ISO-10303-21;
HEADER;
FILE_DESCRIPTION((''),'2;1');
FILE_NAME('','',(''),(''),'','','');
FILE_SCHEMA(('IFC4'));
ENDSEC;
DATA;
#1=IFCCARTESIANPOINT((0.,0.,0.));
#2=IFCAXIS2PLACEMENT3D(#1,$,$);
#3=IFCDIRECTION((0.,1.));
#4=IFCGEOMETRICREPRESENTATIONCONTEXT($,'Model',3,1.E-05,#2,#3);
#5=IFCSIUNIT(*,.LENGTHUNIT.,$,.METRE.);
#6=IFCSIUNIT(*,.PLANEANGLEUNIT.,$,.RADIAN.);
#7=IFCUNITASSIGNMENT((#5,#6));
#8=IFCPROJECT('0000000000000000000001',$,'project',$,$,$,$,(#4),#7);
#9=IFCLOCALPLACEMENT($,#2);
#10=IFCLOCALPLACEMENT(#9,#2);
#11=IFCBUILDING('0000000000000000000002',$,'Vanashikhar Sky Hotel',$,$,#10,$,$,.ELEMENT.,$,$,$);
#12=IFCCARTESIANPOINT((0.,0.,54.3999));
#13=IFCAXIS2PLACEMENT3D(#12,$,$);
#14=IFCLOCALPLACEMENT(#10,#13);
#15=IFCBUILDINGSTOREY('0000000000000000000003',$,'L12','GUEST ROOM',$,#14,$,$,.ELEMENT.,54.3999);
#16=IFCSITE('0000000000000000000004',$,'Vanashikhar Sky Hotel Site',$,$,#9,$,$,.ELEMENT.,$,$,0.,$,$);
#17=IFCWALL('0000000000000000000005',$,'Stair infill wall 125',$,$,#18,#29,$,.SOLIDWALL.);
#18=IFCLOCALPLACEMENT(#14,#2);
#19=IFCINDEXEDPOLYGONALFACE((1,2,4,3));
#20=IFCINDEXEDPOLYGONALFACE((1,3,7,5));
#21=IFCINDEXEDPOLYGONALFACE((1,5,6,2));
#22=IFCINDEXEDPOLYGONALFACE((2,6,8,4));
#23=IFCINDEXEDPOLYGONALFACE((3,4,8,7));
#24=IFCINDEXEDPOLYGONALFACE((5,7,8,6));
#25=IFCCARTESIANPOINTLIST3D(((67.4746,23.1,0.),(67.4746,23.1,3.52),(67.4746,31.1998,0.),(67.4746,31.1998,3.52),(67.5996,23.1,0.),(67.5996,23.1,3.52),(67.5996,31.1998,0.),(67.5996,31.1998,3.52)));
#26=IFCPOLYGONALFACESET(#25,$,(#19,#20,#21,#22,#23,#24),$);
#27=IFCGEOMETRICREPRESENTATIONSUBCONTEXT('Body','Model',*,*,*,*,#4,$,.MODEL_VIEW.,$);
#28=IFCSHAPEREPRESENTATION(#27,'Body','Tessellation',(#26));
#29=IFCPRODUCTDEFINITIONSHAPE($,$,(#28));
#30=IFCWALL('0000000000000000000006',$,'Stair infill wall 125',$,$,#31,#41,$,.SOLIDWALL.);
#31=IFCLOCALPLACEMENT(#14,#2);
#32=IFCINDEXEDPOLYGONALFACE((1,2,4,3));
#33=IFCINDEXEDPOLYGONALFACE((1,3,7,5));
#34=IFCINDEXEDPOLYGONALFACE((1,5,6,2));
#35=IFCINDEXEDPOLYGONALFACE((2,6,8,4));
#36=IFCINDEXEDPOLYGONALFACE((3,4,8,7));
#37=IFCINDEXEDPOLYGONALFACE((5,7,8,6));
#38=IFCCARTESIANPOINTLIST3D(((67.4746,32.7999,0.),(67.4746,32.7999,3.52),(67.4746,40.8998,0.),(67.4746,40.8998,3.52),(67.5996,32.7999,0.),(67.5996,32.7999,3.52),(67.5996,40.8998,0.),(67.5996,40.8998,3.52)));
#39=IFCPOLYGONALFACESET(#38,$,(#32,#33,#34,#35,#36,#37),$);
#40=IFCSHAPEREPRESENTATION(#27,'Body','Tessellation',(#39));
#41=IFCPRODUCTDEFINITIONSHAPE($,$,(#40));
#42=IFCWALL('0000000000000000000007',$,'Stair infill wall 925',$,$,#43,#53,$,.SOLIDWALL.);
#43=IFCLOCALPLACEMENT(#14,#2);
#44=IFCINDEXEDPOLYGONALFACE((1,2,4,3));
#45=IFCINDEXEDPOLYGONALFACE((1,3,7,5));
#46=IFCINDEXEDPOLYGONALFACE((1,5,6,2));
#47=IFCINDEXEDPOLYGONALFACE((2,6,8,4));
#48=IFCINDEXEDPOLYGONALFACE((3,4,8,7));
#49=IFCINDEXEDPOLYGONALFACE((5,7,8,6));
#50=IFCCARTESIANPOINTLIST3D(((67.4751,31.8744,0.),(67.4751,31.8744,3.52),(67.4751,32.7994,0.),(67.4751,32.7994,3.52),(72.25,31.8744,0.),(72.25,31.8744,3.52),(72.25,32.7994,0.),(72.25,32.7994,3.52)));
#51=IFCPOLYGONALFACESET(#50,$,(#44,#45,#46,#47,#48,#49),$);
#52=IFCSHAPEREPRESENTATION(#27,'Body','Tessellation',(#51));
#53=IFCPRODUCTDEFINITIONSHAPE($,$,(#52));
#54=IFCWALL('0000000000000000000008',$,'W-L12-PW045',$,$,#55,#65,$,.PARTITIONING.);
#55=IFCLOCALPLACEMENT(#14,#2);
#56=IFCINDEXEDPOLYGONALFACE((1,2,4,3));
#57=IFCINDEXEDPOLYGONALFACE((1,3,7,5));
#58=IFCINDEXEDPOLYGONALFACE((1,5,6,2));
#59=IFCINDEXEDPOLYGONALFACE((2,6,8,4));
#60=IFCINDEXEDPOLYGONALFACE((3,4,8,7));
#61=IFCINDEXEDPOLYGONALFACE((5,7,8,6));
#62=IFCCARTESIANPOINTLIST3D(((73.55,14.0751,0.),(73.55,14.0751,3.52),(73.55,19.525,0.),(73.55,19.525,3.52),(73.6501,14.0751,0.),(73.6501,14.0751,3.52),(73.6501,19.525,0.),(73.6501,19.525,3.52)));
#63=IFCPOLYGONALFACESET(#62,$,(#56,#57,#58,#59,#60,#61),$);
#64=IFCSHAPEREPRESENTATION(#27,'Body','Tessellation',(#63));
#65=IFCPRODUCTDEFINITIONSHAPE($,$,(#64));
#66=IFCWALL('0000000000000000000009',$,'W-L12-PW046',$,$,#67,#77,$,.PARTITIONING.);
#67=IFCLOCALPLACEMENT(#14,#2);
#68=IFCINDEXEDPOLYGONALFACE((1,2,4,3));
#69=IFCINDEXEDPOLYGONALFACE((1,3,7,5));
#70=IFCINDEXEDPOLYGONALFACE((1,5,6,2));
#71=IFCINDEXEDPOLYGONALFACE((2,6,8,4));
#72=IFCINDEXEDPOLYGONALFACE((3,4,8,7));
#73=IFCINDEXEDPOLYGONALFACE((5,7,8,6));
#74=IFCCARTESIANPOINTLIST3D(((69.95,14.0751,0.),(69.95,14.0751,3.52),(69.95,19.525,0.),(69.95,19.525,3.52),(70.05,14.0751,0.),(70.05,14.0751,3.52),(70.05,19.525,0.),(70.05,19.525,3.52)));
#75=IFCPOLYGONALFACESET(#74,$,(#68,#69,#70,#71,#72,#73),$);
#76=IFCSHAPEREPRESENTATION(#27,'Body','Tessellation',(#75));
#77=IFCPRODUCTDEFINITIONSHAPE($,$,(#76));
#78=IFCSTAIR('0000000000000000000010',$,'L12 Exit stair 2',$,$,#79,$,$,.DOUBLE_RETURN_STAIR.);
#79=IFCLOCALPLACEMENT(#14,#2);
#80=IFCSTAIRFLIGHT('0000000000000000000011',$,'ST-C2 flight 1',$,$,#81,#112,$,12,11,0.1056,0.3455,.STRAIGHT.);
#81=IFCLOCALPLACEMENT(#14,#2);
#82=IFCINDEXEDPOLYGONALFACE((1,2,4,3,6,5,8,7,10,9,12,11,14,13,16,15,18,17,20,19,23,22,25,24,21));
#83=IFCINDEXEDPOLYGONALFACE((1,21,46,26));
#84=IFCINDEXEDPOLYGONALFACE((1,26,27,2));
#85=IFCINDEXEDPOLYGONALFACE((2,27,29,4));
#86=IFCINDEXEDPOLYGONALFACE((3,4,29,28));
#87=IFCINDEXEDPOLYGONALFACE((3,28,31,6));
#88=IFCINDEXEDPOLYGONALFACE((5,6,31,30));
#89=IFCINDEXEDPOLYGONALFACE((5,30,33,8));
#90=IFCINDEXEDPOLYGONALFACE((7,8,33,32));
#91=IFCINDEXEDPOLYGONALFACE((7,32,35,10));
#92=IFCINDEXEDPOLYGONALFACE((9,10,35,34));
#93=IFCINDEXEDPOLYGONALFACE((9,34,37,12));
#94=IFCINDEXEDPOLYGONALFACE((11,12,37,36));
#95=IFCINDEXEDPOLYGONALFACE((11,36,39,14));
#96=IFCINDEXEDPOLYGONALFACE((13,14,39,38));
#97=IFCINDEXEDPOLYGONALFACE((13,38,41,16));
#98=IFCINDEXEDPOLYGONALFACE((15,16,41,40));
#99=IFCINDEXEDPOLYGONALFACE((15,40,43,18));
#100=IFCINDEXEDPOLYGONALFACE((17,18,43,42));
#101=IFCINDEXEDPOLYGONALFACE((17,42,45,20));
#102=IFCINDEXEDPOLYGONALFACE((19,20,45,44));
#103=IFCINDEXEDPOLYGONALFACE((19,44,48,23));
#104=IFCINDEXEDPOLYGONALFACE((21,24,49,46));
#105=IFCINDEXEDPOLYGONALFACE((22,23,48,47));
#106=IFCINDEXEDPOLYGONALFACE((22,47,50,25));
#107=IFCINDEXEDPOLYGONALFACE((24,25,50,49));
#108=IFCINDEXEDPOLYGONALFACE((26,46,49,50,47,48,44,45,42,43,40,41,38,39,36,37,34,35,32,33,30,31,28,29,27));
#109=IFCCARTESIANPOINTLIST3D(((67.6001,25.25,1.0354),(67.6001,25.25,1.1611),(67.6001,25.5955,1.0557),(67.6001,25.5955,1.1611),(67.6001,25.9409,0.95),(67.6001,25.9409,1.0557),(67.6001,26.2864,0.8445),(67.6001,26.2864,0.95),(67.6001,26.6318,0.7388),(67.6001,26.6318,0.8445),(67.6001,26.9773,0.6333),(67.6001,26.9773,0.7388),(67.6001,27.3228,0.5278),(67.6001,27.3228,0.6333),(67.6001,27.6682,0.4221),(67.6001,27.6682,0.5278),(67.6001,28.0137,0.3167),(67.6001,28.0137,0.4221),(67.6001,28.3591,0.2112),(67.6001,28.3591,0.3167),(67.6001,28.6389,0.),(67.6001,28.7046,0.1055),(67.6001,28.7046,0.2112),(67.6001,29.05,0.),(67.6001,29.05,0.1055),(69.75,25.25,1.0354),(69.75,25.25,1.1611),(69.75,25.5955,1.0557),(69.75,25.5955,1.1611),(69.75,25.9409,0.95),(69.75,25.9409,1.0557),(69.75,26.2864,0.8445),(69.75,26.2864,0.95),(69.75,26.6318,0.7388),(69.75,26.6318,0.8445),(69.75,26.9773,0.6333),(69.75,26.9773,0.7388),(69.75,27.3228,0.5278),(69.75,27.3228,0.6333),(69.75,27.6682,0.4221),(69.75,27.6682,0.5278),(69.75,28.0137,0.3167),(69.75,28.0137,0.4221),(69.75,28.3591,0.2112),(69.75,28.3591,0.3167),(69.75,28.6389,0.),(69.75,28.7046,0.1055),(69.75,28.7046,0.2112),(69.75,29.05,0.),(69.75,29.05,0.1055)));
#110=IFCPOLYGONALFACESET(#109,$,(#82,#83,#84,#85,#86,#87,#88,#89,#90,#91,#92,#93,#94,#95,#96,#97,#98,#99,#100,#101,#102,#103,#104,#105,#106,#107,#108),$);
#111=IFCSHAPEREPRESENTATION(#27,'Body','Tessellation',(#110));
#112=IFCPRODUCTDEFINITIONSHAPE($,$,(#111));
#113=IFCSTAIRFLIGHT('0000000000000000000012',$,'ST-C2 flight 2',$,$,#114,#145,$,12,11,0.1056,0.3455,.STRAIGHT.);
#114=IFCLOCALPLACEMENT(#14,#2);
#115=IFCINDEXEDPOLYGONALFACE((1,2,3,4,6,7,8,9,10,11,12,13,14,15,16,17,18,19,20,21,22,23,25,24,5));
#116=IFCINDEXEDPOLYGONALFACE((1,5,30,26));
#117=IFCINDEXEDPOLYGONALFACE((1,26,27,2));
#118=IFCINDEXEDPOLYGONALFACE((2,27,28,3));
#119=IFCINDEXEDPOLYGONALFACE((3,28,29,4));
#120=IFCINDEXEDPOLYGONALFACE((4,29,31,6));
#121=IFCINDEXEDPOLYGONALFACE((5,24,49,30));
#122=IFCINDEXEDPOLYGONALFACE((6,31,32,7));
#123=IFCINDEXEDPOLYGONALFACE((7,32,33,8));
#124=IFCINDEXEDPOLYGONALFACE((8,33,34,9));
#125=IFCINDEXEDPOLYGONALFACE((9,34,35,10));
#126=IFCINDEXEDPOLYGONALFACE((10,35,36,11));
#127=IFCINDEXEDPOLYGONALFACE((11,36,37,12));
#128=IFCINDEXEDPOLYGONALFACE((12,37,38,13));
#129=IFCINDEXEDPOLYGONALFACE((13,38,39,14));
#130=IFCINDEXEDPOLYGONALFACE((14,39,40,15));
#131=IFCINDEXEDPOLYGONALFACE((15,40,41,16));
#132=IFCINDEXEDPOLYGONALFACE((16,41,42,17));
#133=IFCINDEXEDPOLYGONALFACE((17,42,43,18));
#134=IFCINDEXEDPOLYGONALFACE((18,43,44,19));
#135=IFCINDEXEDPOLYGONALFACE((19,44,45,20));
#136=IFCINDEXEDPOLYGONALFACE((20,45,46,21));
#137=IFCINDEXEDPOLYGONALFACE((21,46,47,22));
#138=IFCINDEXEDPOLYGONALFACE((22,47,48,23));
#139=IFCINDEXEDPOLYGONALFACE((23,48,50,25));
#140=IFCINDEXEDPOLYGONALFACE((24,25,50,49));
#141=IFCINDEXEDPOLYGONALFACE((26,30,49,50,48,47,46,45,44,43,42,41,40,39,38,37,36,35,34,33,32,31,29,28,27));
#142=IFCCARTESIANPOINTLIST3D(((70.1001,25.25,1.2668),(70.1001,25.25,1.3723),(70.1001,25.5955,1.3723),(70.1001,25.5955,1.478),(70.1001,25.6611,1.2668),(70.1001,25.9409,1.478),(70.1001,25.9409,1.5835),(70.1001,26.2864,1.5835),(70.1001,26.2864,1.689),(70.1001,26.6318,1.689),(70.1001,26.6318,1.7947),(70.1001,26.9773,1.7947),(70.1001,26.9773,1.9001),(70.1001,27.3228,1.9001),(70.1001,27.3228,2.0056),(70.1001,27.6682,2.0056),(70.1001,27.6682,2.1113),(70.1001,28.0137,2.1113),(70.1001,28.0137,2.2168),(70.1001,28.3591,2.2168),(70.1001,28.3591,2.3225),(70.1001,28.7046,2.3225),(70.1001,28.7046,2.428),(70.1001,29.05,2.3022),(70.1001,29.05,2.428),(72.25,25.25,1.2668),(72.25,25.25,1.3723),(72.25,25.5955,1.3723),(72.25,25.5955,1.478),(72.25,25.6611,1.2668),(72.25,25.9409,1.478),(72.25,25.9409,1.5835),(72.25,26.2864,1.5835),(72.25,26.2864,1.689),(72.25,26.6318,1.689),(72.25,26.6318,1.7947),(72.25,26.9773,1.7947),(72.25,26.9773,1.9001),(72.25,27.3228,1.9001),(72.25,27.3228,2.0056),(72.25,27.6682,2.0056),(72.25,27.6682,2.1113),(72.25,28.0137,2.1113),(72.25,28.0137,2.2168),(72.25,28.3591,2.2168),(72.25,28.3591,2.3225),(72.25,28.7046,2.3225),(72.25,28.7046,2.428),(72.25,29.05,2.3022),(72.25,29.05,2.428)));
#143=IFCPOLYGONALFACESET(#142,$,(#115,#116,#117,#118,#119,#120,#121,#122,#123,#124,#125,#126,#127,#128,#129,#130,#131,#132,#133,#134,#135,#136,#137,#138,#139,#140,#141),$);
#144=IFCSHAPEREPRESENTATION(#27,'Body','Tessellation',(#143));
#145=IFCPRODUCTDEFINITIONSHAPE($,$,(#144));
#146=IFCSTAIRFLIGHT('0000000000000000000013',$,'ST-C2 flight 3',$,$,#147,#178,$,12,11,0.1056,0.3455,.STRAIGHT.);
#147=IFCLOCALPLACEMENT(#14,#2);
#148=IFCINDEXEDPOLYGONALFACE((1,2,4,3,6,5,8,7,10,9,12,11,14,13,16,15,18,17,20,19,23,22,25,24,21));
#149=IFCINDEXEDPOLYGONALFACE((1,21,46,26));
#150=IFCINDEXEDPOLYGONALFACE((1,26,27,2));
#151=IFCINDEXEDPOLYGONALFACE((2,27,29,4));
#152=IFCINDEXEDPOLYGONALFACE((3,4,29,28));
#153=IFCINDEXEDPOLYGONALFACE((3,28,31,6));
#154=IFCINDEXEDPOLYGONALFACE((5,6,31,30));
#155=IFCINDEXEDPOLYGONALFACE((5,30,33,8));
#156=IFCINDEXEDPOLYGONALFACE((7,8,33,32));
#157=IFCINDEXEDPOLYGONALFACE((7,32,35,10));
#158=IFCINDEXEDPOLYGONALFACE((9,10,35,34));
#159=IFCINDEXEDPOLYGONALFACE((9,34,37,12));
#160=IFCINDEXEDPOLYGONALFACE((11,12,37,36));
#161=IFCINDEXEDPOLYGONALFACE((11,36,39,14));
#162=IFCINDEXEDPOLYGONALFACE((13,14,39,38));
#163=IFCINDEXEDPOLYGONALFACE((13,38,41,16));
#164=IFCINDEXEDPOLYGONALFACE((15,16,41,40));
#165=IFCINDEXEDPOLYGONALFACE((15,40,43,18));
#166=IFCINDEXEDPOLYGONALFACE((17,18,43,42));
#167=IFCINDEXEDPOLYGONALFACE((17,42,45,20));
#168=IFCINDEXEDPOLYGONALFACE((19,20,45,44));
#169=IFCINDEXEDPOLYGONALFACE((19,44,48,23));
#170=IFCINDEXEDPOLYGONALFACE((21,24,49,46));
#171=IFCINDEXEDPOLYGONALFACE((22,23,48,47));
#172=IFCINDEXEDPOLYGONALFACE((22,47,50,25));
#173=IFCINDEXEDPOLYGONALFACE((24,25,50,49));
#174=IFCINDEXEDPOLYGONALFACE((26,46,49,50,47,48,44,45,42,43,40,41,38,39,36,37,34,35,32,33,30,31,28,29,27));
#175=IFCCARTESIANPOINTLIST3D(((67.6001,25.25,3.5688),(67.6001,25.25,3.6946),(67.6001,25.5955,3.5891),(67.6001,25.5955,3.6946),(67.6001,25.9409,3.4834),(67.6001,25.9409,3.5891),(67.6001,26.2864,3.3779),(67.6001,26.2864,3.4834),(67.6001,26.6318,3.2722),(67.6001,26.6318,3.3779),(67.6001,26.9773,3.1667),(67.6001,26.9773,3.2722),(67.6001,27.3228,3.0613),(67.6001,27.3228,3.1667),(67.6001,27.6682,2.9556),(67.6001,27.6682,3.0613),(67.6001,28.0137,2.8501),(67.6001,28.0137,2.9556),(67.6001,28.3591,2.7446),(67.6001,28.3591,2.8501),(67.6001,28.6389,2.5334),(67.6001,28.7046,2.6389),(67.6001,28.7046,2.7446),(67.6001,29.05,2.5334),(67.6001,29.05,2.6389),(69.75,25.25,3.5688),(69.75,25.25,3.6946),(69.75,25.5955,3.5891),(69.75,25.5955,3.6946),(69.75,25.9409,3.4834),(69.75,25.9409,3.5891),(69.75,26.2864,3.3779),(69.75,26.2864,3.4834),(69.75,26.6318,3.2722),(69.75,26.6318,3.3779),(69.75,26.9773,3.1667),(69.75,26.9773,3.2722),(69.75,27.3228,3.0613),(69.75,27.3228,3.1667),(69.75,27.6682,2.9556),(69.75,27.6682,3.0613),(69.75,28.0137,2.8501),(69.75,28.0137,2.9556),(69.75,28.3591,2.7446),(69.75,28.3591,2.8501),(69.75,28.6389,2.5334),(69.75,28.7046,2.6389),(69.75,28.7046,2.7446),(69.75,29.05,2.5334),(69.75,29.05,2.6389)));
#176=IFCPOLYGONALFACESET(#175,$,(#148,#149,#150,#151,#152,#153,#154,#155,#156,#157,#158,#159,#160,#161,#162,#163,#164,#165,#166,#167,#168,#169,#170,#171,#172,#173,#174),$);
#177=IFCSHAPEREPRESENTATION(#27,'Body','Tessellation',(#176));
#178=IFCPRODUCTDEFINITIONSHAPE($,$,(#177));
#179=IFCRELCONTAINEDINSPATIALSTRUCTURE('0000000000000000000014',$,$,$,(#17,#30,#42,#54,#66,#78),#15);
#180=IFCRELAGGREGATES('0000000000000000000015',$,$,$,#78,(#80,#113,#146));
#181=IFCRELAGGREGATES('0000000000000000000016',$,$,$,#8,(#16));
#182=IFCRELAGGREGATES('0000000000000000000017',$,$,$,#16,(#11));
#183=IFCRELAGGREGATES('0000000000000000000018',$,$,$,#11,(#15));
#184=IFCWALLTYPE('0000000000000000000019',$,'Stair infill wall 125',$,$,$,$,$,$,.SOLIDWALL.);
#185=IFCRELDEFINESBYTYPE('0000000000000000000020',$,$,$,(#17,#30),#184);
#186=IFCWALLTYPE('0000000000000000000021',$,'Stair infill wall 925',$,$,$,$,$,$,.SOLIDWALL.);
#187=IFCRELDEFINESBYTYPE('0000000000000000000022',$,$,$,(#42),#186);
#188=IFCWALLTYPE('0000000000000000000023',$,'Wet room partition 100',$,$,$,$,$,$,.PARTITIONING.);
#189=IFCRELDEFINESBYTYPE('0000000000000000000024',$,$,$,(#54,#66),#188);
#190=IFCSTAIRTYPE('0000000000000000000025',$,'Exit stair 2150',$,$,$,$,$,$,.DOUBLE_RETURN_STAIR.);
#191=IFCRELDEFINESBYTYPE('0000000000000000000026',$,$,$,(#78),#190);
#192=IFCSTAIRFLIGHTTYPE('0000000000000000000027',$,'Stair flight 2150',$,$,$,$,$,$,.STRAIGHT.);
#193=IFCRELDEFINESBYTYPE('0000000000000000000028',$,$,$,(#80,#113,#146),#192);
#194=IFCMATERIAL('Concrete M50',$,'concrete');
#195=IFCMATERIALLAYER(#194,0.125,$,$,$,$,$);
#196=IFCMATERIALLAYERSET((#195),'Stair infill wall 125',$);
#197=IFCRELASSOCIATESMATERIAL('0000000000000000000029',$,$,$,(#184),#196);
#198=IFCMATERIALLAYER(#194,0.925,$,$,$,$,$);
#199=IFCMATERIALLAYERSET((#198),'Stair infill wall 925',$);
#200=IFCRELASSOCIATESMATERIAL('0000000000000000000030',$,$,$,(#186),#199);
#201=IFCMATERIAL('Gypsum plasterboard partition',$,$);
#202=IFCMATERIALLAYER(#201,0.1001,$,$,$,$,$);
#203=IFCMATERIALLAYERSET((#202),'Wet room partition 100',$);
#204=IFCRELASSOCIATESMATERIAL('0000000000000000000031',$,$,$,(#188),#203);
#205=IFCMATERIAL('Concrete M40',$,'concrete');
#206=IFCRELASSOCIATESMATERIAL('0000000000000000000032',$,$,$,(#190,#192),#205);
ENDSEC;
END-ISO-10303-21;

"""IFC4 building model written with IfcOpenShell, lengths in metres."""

from ifc_helpers import new_model, si_unit, direction, frame, frame_2d, origin, place, context, subcontext, project, spatial, polyline, rectangle, outline, extrude, source, transform, mapped, material, layer, layer_set, type_object, element, aggregate, save


model = new_model("IFC4")

# Units and contexts
model_context = context("Model", 3, precision=1e-05, world=origin(), true_north=direction((0.0, 1.0)))
body_context = subcontext(model_context, "Body", "Model", "MODEL_VIEW")
ifc_project = project(units=[si_unit("LENGTHUNIT", "METRE"), si_unit("PLANEANGLEUNIT", "RADIAN")], contexts=[model_context])

# Site, building, storey
site_placement = place(None, origin())
site = spatial("IfcSite", under=ifc_project, at=site_placement, Name="Vanashikhar Sky Hotel Site", CompositionType="ELEMENT", RefElevation=0.0)
building_placement = place(site_placement, origin())
building = spatial("IfcBuilding", under=site, at=building_placement, Name="Vanashikhar Sky Hotel", CompositionType="ELEMENT")
storey_placement = place(building_placement, frame((0.0, 0.0, 54.3999)))
storey = spatial("IfcBuildingStorey", under=building, at=storey_placement, Name="L12", Description="GUEST ROOM", CompositionType="ELEMENT", Elevation=54.3999)

# Shared definitions
ifc_material_1 = material(Name="Concrete M40", Category="concrete")

# Shared definitions
ifc_material_2 = material(Name="Concrete M50", Category="concrete")

# Walls
ifc_layer_1 = layer(ifc_material_2, 0.125)
ifc_layer_set_1 = layer_set([ifc_layer_1], Name="Stair infill wall 125")
wall_type_1 = type_object("IfcWallType", Name="Stair infill wall 125", PredefinedType="SOLIDWALL", material=ifc_layer_set_1)
shared_shape_1 = source(origin(), body_context, "Body", "SweptSolid", [
    extrude(rectangle(XDim=8.0999, YDim=0.125, at=frame_2d((4.0498, 0.0))), origin(), (0.0, 0.0, 1.0), 3.52),
])
for number, where, z_axis, x_axis, name in (
    (1, (67.5371, 23.1001, 0.0), (0.0, 0.0, 1.0), (0.0, 1.0, 0.0), "Stair infill wall 125"),
    (2, (67.5371, 32.8, 0.0), (0.0, 0.0, 1.0), (0.0, 1.0, 0.0), "Stair infill wall 125"),
):
    element("IfcWall", number, at=place(storey_placement, frame(where, z_axis=z_axis, x_axis=x_axis)), inside=storey, type_object=wall_type_1, Name=name, PredefinedType="SOLIDWALL", context=body_context, shape_type="MappedRepresentation", body=[
        mapped(shared_shape_1, transform((0.0, 0.0, 0.0), scale=1.0)),
    ])
ifc_layer_2 = layer(ifc_material_2, 0.925)
ifc_layer_set_2 = layer_set([ifc_layer_2], Name="Stair infill wall 925")
wall_type_2 = type_object("IfcWallType", Name="Stair infill wall 925", PredefinedType="SOLIDWALL", material=ifc_layer_set_2)
shared_shape_2 = source(origin(), body_context, "Body", "SweptSolid", [
    extrude(rectangle(XDim=4.7749, YDim=0.925, at=frame_2d((2.3875, 0.0))), origin(), (0.0, 0.0, 1.0), 3.52),
])
wall_1_placement = place(storey_placement, frame((67.4751, 32.3369, 0.0), z_axis=(0.0, 0.0, 1.0), x_axis=(1.0, 0.0, 0.0)))
element("IfcWall", 3, at=wall_1_placement, inside=storey, type_object=wall_type_2, Name="Stair infill wall 925", PredefinedType="SOLIDWALL", context=body_context, shape_type="MappedRepresentation", body=[
    mapped(shared_shape_2, transform((0.0, 0.0, 0.0), scale=1.0)),
])
ifc_material_3 = material(Name="Gypsum plasterboard partition")
ifc_layer_3 = layer(ifc_material_3, 0.1001)
ifc_layer_set_3 = layer_set([ifc_layer_3], Name="Wet room partition 100")
wall_type_3 = type_object("IfcWallType", Name="Wet room partition 100", PredefinedType="PARTITIONING", material=ifc_layer_set_3)
shared_shape_3 = source(origin(), body_context, "Body", "SweptSolid", [
    extrude(rectangle(XDim=5.45, YDim=0.1001, at=frame_2d((2.7251, 0.0))), origin(), (0.0, 0.0, 1.0), 3.52),
])
for number, where, z_axis, x_axis, name in (
    (4, (73.6001, 14.075, 0.0), (0.0, 0.0, 1.0), (0.0, 1.0, 0.0), "W-L12-PW045"),
    (5, (70.0, 14.075, 0.0), (0.0, 0.0, 1.0), (0.0, 1.0, 0.0), "W-L12-PW046"),
):
    element("IfcWall", number, at=place(storey_placement, frame(where, z_axis=z_axis, x_axis=x_axis)), inside=storey, type_object=wall_type_3, Name=name, PredefinedType="PARTITIONING", context=body_context, shape_type="MappedRepresentation", body=[
        mapped(shared_shape_3, transform((0.0, 0.0, 0.0), scale=1.0)),
    ])

# Stair, stair flights
stair_type = type_object("IfcStairType", Name="Exit stair 2150", PredefinedType="DOUBLE_RETURN_STAIR", material=ifc_material_1)
stair_1_placement = place(storey_placement, origin())
stair_1 = element("IfcStair", 6, at=stair_1_placement, inside=storey, type_object=stair_type, Name="L12 Exit stair 2", PredefinedType="DOUBLE_RETURN_STAIR")
stair_flight_type = type_object("IfcStairFlightType", Name="Stair flight 2150", PredefinedType="STRAIGHT", material=ifc_material_1)
shared_shape_4 = source(origin(), body_context, "Body", "SweptSolid", [
    extrude(outline(polyline([(0.0, 0.0), (0.0, 0.1055), (0.3455, 0.1055), (0.3455, 0.2112), (0.6909, 0.2112), (0.6909, 0.3167), (1.0364, 0.3167), (1.0364, 0.4221), (1.3818, 0.4221), (1.3818, 0.5278), (1.7273, 0.5278), (1.7273, 0.6333), (2.0728, 0.6333), (2.0728, 0.7388), (2.4182, 0.7388), (2.4182, 0.8445), (2.7637, 0.8445), (2.7637, 0.95), (3.1091, 0.95), (3.1091, 1.0557), (3.4546, 1.0557), (3.4546, 1.1611), (3.8, 1.1611), (3.8, 1.2666), (3.8, 1.0354), (0.4111, 0.0), (0.0, 0.0)])), frame((0.0, 1.075, 0.0), z_axis=(0.0, -1.0, 0.0), x_axis=(1.0, 0.0, 0.0)), (0.0, 0.0, 1.0), 2.1499),
])
stair_flight_1_placement = place(storey_placement, frame((68.675, 29.05, 0.0), z_axis=(0.0, 0.0, 1.0), x_axis=(0.0, -1.0, 0.0)))
stair_flight_1 = element("IfcStairFlight", 7, at=stair_flight_1_placement, type_object=stair_flight_type, Name="ST-C2 flight 1", NumberOfRisers=12, NumberOfTreads=11, PredefinedType="STRAIGHT", RiserHeight=0.1056, TreadLength=0.3455, context=body_context, shape_type="MappedRepresentation", body=[
    mapped(shared_shape_4, transform((0.0, 0.0, 0.0), scale=1.0)),
])
stair_flight_2_placement = place(storey_placement, frame((71.175, 25.25, 1.2668), z_axis=(0.0, 0.0, 1.0), x_axis=(0.0, 1.0, 0.0)))
stair_flight_2 = element("IfcStairFlight", 8, at=stair_flight_2_placement, type_object=stair_flight_type, Name="ST-C2 flight 2", NumberOfRisers=12, NumberOfTreads=11, PredefinedType="STRAIGHT", RiserHeight=0.1056, TreadLength=0.3455, context=body_context, shape_type="MappedRepresentation", body=[
    mapped(shared_shape_4, transform((0.0, 0.0, 0.0), scale=1.0)),
])
stair_flight_3_placement = place(storey_placement, frame((68.675, 29.05, 2.5334), z_axis=(0.0, 0.0, 1.0), x_axis=(0.0, -1.0, 0.0)))
stair_flight_3 = element("IfcStairFlight", 9, at=stair_flight_3_placement, type_object=stair_flight_type, Name="ST-C2 flight 3", NumberOfRisers=12, NumberOfTreads=11, PredefinedType="STRAIGHT", RiserHeight=0.1056, TreadLength=0.3455, context=body_context, shape_type="MappedRepresentation", body=[
    mapped(shared_shape_4, transform((0.0, 0.0, 0.0), scale=1.0)),
])
aggregate(stair_1, [stair_flight_1, stair_flight_2, stair_flight_3])

save(model, "model.ifc")
